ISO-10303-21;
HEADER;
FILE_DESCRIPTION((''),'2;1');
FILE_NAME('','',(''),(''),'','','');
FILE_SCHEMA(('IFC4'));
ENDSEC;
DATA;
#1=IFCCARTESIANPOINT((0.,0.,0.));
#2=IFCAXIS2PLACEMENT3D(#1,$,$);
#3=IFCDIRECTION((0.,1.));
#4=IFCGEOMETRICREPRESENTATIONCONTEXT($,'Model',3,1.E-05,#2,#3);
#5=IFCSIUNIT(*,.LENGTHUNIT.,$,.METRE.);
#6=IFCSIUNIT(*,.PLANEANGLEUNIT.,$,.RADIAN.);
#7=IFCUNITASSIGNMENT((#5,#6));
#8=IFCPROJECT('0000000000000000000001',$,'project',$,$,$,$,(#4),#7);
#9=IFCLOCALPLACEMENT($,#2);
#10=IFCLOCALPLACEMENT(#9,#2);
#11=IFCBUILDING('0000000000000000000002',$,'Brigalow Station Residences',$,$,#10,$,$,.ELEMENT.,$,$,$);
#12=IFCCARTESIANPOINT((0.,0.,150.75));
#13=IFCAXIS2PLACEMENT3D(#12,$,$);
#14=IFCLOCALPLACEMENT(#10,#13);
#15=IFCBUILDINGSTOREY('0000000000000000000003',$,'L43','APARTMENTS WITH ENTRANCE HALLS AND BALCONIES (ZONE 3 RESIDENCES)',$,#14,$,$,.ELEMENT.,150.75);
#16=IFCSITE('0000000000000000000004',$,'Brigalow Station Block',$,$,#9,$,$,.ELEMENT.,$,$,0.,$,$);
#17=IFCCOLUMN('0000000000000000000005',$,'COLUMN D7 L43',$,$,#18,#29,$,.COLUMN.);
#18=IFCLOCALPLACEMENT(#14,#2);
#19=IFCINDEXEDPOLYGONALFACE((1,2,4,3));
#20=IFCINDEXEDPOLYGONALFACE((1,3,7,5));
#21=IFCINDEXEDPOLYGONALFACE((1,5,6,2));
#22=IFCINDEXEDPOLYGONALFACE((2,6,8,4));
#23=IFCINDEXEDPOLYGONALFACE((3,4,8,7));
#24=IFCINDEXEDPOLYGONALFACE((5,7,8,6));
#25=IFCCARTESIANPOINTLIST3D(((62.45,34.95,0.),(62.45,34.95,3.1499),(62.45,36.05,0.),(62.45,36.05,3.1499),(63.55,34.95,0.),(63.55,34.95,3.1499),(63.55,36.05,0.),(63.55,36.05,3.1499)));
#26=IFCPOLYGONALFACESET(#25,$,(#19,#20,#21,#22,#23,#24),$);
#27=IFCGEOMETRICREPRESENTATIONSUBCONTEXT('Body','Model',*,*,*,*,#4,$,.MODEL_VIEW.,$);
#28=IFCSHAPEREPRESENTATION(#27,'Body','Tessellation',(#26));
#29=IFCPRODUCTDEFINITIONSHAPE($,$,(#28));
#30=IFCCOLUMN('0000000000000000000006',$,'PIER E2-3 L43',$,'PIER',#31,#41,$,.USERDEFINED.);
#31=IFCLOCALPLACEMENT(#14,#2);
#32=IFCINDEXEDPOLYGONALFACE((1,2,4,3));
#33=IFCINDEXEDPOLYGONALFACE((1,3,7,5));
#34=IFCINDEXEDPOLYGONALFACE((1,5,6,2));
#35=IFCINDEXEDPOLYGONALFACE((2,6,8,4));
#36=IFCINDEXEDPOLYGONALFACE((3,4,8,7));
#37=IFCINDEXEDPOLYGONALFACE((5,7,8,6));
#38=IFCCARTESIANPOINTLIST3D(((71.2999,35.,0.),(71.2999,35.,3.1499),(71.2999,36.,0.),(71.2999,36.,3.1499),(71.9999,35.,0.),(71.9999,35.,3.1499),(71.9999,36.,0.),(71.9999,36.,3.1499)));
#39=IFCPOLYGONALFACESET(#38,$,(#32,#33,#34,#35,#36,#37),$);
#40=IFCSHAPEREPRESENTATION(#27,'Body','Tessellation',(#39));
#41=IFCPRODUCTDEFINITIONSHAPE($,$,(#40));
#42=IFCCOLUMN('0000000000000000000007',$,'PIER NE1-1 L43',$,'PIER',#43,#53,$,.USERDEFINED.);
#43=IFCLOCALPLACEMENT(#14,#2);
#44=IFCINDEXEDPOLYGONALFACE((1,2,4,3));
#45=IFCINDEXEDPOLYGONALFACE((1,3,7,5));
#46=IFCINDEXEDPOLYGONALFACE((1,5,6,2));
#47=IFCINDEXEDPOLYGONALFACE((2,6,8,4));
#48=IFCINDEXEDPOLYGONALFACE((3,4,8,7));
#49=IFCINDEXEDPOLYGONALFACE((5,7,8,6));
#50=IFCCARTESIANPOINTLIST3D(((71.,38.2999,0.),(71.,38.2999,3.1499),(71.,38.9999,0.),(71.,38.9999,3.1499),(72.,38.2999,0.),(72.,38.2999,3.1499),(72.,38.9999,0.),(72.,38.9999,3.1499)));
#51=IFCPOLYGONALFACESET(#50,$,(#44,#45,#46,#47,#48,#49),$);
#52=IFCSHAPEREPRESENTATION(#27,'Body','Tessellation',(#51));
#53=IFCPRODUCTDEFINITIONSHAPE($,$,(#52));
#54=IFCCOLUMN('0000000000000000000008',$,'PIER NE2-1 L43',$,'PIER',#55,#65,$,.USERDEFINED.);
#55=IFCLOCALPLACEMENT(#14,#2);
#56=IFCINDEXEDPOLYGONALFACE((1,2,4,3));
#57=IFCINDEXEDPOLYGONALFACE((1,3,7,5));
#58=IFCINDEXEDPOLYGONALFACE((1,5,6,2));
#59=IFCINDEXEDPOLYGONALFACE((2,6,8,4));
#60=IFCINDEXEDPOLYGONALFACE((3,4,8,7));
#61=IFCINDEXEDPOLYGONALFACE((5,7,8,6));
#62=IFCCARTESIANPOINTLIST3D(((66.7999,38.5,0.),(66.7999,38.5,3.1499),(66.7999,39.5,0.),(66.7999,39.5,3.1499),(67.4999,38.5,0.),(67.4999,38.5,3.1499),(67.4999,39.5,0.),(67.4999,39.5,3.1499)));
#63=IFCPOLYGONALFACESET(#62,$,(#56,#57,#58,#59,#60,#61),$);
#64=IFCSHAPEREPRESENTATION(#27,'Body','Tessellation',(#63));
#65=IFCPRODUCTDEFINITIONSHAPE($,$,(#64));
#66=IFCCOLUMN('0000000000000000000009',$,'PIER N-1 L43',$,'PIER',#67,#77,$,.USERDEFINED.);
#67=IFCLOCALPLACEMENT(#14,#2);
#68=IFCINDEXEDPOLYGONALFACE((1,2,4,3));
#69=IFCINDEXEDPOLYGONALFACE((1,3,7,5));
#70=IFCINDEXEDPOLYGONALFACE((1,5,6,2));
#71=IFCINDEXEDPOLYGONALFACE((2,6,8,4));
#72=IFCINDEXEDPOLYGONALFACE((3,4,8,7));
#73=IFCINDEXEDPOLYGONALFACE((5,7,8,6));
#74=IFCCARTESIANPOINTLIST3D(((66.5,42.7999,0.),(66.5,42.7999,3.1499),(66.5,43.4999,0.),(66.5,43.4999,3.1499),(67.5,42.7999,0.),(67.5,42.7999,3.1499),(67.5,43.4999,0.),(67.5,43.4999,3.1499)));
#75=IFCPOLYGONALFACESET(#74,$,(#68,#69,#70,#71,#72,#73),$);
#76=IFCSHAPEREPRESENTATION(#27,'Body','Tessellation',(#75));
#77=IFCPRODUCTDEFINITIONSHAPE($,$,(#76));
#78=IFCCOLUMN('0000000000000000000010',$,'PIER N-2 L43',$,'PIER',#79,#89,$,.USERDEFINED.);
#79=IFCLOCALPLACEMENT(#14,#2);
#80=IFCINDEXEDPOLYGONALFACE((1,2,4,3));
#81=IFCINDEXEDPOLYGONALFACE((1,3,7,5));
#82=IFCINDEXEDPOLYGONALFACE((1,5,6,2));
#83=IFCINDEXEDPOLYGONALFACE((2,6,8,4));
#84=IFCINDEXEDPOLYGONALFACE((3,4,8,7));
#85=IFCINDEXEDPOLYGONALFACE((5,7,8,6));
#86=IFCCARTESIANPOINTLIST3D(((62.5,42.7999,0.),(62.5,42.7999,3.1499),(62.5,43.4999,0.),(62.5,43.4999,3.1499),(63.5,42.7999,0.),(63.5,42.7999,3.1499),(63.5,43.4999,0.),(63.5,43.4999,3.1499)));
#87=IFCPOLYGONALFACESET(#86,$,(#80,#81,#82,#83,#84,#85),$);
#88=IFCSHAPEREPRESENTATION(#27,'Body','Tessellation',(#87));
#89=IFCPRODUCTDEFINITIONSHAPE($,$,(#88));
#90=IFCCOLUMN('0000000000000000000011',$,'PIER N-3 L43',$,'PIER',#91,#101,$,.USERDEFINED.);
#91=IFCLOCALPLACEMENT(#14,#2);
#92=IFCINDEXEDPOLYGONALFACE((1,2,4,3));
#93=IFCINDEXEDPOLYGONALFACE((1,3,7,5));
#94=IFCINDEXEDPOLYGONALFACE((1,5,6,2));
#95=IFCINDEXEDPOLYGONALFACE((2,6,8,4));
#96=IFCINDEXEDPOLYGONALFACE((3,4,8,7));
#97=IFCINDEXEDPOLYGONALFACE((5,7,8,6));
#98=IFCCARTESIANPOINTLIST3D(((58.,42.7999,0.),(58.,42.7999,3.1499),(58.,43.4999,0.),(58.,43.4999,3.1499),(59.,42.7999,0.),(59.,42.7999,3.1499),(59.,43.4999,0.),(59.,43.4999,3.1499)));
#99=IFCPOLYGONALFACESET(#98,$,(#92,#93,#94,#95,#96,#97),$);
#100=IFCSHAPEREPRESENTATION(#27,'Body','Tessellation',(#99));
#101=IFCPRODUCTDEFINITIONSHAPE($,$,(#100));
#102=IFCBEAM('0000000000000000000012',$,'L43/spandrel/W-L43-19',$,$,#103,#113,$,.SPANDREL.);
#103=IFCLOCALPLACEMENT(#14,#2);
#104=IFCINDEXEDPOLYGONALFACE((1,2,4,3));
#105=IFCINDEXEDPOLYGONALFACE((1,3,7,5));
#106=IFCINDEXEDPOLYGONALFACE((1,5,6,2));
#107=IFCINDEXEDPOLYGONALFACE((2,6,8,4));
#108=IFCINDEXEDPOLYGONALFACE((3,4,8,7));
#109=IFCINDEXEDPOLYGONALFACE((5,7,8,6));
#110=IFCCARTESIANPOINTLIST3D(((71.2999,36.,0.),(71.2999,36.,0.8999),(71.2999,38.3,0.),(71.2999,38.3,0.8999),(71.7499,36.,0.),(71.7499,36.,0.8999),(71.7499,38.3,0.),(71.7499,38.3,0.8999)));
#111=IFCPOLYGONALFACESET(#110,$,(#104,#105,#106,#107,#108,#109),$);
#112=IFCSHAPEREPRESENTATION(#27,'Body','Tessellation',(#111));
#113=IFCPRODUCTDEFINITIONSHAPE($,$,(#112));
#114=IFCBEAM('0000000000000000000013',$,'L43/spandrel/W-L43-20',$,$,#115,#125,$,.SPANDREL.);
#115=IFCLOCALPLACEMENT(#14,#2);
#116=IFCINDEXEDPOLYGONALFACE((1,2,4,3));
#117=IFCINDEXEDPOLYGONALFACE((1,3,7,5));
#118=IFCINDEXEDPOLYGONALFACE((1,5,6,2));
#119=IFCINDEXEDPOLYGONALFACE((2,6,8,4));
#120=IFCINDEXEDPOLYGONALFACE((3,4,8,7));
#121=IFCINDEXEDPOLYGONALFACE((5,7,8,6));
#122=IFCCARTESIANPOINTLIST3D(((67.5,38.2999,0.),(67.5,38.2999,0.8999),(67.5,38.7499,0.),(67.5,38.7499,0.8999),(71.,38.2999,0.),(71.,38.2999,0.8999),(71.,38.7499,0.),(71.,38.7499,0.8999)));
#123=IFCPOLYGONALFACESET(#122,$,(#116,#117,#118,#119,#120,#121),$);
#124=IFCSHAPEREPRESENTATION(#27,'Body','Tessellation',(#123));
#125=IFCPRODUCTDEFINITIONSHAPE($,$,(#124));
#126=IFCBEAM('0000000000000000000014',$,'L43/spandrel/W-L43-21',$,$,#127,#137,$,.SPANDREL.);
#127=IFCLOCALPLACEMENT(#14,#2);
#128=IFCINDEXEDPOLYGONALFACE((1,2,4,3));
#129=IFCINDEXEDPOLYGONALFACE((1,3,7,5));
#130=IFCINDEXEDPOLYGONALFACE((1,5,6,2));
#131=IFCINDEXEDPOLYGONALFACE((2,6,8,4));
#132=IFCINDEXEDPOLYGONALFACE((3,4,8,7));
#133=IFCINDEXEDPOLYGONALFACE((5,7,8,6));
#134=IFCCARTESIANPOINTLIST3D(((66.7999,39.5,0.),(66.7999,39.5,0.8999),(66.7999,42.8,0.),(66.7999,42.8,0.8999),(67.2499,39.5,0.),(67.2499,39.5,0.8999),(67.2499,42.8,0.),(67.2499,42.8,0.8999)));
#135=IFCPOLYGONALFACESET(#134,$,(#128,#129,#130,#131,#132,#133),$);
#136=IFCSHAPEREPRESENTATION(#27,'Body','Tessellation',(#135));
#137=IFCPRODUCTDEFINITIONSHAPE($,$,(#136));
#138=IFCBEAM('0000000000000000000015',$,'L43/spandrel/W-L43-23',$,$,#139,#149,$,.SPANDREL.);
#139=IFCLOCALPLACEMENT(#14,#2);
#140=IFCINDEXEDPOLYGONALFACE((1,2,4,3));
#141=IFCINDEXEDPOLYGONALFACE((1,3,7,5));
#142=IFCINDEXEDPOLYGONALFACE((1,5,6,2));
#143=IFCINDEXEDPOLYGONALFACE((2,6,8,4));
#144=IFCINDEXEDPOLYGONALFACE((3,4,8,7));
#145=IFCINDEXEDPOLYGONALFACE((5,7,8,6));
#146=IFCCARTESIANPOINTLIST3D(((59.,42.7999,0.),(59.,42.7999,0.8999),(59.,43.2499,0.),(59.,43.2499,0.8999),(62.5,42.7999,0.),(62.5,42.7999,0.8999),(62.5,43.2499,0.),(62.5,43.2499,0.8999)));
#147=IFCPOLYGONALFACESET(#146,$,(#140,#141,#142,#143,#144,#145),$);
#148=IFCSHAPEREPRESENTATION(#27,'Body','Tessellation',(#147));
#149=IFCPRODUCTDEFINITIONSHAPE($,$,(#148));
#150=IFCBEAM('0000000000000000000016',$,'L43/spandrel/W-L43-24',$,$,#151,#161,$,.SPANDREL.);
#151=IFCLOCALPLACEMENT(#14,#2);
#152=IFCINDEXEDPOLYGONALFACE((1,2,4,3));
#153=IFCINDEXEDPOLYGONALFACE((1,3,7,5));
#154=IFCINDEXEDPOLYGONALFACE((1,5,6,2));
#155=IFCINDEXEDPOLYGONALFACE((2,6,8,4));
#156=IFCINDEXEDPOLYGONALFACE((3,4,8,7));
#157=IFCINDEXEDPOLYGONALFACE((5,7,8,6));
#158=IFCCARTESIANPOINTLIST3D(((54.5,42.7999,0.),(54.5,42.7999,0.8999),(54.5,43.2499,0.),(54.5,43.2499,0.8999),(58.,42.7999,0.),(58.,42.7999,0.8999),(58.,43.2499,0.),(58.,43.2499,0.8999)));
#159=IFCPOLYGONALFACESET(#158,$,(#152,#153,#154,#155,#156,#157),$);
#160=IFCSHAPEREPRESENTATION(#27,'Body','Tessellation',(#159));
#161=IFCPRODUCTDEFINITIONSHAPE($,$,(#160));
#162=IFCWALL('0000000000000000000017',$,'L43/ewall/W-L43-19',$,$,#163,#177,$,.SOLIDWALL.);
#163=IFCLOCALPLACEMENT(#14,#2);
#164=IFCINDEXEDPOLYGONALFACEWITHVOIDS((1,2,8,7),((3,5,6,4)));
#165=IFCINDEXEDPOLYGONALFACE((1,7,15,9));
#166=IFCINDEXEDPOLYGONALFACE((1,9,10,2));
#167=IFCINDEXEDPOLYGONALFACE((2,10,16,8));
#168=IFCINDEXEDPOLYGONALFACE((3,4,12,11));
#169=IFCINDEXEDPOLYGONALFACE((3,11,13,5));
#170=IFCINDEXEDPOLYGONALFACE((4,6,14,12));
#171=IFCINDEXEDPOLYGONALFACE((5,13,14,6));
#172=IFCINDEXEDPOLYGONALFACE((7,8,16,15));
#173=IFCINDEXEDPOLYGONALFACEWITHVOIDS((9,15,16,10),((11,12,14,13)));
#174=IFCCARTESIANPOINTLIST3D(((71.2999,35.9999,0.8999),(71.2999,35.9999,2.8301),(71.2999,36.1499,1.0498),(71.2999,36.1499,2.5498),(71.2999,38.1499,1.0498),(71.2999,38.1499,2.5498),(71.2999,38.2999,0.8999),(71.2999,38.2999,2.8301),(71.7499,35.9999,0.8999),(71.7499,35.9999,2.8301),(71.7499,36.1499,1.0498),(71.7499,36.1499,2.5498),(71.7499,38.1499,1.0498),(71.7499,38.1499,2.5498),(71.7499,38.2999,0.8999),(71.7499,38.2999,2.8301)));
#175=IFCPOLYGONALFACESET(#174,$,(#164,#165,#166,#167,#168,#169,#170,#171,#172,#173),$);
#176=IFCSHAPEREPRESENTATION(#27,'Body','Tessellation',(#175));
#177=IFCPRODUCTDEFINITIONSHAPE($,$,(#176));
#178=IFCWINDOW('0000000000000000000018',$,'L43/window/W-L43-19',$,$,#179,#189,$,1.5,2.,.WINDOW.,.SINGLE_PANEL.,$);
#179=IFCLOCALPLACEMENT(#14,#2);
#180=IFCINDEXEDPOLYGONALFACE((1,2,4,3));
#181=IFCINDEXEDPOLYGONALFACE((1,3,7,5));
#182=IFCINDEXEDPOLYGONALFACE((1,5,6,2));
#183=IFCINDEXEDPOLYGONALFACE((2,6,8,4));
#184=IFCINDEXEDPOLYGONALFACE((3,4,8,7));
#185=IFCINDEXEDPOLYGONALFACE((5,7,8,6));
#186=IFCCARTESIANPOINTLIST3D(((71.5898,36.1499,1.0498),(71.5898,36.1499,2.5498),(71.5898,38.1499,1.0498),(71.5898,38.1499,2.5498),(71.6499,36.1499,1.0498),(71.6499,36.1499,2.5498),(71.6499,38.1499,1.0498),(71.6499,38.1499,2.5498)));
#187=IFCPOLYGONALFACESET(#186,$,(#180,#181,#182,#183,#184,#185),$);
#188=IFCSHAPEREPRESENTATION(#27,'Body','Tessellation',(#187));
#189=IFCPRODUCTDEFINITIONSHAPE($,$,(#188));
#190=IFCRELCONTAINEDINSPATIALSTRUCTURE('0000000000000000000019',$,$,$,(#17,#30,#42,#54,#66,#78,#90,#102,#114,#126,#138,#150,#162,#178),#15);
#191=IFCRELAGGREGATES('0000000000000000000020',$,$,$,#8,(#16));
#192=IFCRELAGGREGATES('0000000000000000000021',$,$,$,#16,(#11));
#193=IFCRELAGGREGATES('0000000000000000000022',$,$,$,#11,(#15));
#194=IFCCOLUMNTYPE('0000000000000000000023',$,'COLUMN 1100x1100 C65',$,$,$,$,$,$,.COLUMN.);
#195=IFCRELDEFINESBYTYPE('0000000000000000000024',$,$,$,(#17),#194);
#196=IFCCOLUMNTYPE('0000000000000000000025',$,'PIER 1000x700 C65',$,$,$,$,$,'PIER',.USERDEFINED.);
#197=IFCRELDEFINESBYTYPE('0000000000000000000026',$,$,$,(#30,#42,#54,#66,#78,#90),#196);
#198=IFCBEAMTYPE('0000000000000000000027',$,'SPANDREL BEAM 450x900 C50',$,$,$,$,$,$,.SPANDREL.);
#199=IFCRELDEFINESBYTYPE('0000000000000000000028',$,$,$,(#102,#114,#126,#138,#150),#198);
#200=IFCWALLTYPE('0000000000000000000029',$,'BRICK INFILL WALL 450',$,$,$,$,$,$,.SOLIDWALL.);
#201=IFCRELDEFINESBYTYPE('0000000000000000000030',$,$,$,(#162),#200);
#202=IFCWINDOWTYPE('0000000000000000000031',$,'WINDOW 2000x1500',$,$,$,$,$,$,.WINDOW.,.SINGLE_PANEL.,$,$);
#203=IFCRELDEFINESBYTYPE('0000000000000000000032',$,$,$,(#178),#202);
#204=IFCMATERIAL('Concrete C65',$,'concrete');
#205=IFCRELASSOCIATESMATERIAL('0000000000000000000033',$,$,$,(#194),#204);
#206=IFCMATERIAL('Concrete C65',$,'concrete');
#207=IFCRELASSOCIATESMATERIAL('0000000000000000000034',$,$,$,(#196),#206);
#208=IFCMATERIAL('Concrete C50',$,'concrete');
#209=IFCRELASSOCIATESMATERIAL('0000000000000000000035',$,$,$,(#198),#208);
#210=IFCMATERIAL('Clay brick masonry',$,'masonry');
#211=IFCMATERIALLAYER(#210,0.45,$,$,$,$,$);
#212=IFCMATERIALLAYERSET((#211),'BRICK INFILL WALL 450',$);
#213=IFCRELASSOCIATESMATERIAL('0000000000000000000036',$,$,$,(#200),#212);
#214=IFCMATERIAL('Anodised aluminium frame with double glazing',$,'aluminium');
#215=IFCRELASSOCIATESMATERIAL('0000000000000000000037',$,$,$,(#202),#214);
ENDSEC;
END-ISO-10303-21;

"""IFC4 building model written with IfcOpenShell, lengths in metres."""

from ifc_helpers import new_model, si_unit, direction, frame, frame_2d, origin, origin_2d, place, context, subcontext, project, spatial, rectangle, extrude, material, layer, layer_set, material_profile, profile_set, type_object, element, fill, save


model = new_model("IFC4")

# Units and contexts
model_context = context("Model", 3, precision=1e-05, world=origin(), true_north=direction((0.0, 1.0)))
body_context = subcontext(model_context, "Body", "Model", "MODEL_VIEW")
ifc_project = project(units=[si_unit("LENGTHUNIT", "METRE"), si_unit("PLANEANGLEUNIT", "RADIAN")], contexts=[model_context])

# Site, building, storey
site_placement = place(None, origin())
site = spatial("IfcSite", under=ifc_project, at=site_placement, Name="Brigalow Station Block", CompositionType="ELEMENT", RefElevation=0.0)
building_placement = place(site_placement, origin())
building = spatial("IfcBuilding", under=site, at=building_placement, Name="Brigalow Station Residences", CompositionType="ELEMENT")
storey_placement = place(building_placement, frame((0.0, 0.0, 150.75)))
storey = spatial("IfcBuildingStorey", under=building, at=storey_placement, Name="L43", Description="APARTMENTS WITH ENTRANCE HALLS AND BALCONIES (ZONE 3 RESIDENCES)", CompositionType="ELEMENT", Elevation=150.75)

# Columns
ifc_material_1 = material(Name="Concrete C65", Category="concrete")
ifc_material_profile_1 = material_profile(ifc_material_1, rectangle(XDim=1.1001, YDim=1.1001, at=origin_2d()), Name="RC1100x1100")
ifc_profile_set_1 = profile_set([ifc_material_profile_1], Name="Concrete C65")
column_type_1 = type_object("IfcColumnType", Name="COLUMN 1100x1100 C65", PredefinedType="COLUMN", material=ifc_profile_set_1)
column_placement = place(storey_placement, frame((63.0, 35.5, 0.0), z_axis=(0.0, 0.0, 1.0), x_axis=(1.0, 0.0, 0.0)))
element("IfcColumn", 1, at=column_placement, inside=storey, type_object=column_type_1, Name="COLUMN D7 L43", PredefinedType="COLUMN", context=body_context, shape_type="SweptSolid", body=[
    extrude(rectangle(XDim=1.1001, YDim=1.1001, at=origin_2d()), origin(), (0.0, 0.0, 1.0), 3.1499),
])
ifc_material_2 = material(Name="Concrete C65", Category="concrete")
ifc_material_profile_2 = material_profile(ifc_material_2, rectangle(XDim=1.0, YDim=0.7, at=origin_2d()), Name="RC1000x700")
ifc_profile_set_2 = profile_set([ifc_material_profile_2], Name="Concrete C65")
column_type_2 = type_object("IfcColumnType", Name="PIER 1000x700 C65", ElementType="PIER", PredefinedType="USERDEFINED", material=ifc_profile_set_2)
for number, where, z_axis, x_axis, name in (
    (2, (71.6499, 35.5, 0.0), (0.0, 0.0, 1.0), (0.0, 1.0, 0.0), "PIER E2-3 L43"),
    (3, (71.5, 38.6499, 0.0), (0.0, 0.0, 1.0), (-1.0, 0.0, 0.0), "PIER NE1-1 L43"),
    (4, (67.1499, 39.0, 0.0), (0.0, 0.0, 1.0), (0.0, 1.0, 0.0), "PIER NE2-1 L43"),
    (5, (67.0, 43.1499, 0.0), (0.0, 0.0, 1.0), (-1.0, 0.0, 0.0), "PIER N-1 L43"),
    (6, (63.0, 43.1499, 0.0), (0.0, 0.0, 1.0), (-1.0, 0.0, 0.0), "PIER N-2 L43"),
    (7, (58.5, 43.1499, 0.0), (0.0, 0.0, 1.0), (-1.0, 0.0, 0.0), "PIER N-3 L43"),
):
    element("IfcColumn", number, at=place(storey_placement, frame(where, z_axis=z_axis, x_axis=x_axis)), inside=storey, type_object=column_type_2, Name=name, ObjectType="PIER", PredefinedType="USERDEFINED", context=body_context, shape_type="SweptSolid", body=[
        extrude(rectangle(XDim=1.0, YDim=0.7, at=origin_2d()), origin(), (0.0, 0.0, 1.0), 3.1499),
    ])

# Beams
ifc_material_3 = material(Name="Concrete C50", Category="concrete")
ifc_material_profile_3 = material_profile(ifc_material_3, rectangle(XDim=0.45, YDim=0.8999, at=origin_2d()), Name="RC450x900")
ifc_profile_set_3 = profile_set([ifc_material_profile_3], Name="Concrete C50")
beam_type = type_object("IfcBeamType", Name="SPANDREL BEAM 450x900 C50", PredefinedType="SPANDREL", material=ifc_profile_set_3)
beam_1_placement = place(storey_placement, frame((71.5249, 36.0, 0.45), z_axis=(0.0, 1.0, 0.0), x_axis=(-1.0, 0.0, 0.0)))
element("IfcBeam", 8, at=beam_1_placement, inside=storey, type_object=beam_type, Name="L43/spandrel/W-L43-19", PredefinedType="SPANDREL", context=body_context, shape_type="SweptSolid", body=[
    extrude(rectangle(XDim=0.45, YDim=0.8999, at=origin_2d()), origin(), (0.0, 0.0, 1.0), 2.3),
])
beam_2_placement = place(storey_placement, frame((71.0, 38.5249, 0.45), z_axis=(-1.0, 0.0, 0.0), x_axis=(0.0, -1.0, 0.0)))
element("IfcBeam", 9, at=beam_2_placement, inside=storey, type_object=beam_type, Name="L43/spandrel/W-L43-20", PredefinedType="SPANDREL", context=body_context, shape_type="SweptSolid", body=[
    extrude(rectangle(XDim=0.45, YDim=0.8999, at=origin_2d()), origin(), (0.0, 0.0, 1.0), 3.5),
])
beam_3_placement = place(storey_placement, frame((67.0249, 39.5, 0.45), z_axis=(0.0, 1.0, 0.0), x_axis=(-1.0, 0.0, 0.0)))
element("IfcBeam", 10, at=beam_3_placement, inside=storey, type_object=beam_type, Name="L43/spandrel/W-L43-21", PredefinedType="SPANDREL", context=body_context, shape_type="SweptSolid", body=[
    extrude(rectangle(XDim=0.45, YDim=0.8999, at=origin_2d()), origin(), (0.0, 0.0, 1.0), 3.3),
])
for number, where, z_axis, x_axis, name in (
    (11, (62.5, 43.0249, 0.45), (-1.0, 0.0, 0.0), (0.0, -1.0, 0.0), "L43/spandrel/W-L43-23"),
    (12, (58.0, 43.0249, 0.45), (-1.0, 0.0, 0.0), (0.0, -1.0, 0.0), "L43/spandrel/W-L43-24"),
):
    element("IfcBeam", number, at=place(storey_placement, frame(where, z_axis=z_axis, x_axis=x_axis)), inside=storey, type_object=beam_type, Name=name, PredefinedType="SPANDREL", context=body_context, shape_type="SweptSolid", body=[
        extrude(rectangle(XDim=0.45, YDim=0.8999, at=origin_2d()), origin(), (0.0, 0.0, 1.0), 3.5),
    ])

# Wall, opening, window
ifc_material_4 = material(Name="Clay brick masonry", Category="masonry")
ifc_layer_1 = layer(ifc_material_4, 0.45)
ifc_layer_set_1 = layer_set([ifc_layer_1], Name="BRICK INFILL WALL 450")
wall_type_1 = type_object("IfcWallType", Name="BRICK INFILL WALL 450", PredefinedType="SOLIDWALL", material=ifc_layer_set_1)
wall_1_placement = place(storey_placement, frame((71.5249, 36.0, 0.8999), z_axis=(0.0, 0.0, 1.0), x_axis=(0.0, 1.0, 0.0)))
wall_1 = element("IfcWall", 13, at=wall_1_placement, inside=storey, type_object=wall_type_1, Name="L43/ewall/W-L43-19", PredefinedType="SOLIDWALL", context=body_context, shape_type="SweptSolid", body=[
    extrude(rectangle(XDim=2.3, YDim=0.45, at=frame_2d((1.1499, 0.0))), origin(), (0.0, 0.0, 1.0), 1.9302),
])
opening_1_placement = place(wall_1_placement, frame((0.1499, 0.0, 0.1499)))
opening_1 = element("IfcOpeningElement", 14, at=opening_1_placement, cuts=wall_1, PredefinedType="OPENING", context=body_context, shape_type="SweptSolid", body=[
    extrude(rectangle(XDim=2.0, YDim=1.5, at=frame_2d((1.0, 0.75))), frame((0.0, 0.2349, 0.0), z_axis=(0.0, -1.0, 0.0), x_axis=(1.0, 0.0, 0.0)), (0.0, 0.0, 1.0), 0.47),
])
ifc_material_5 = material(Name="Anodised aluminium frame with double glazing", Category="aluminium")
window_type_1 = type_object("IfcWindowType", Name="WINDOW 2000x1500", PartitioningType="SINGLE_PANEL", PredefinedType="WINDOW", material=ifc_material_5)
window_1_placement = place(opening_1_placement, origin())
window_1 = element("IfcWindow", 15, at=window_1_placement, inside=storey, type_object=window_type_1, Name="L43/window/W-L43-19", OverallHeight=1.5, OverallWidth=2.0, PartitioningType="SINGLE_PANEL", PredefinedType="WINDOW", context=body_context, shape_type="SweptSolid", body=[
    extrude(rectangle(XDim=2.0, YDim=1.5, at=frame_2d((1.0, 0.75))), frame((0.0, -0.0649, 0.0), z_axis=(0.0, -1.0, 0.0), x_axis=(1.0, 0.0, 0.0)), (0.0, 0.0, 1.0), 0.0601),
])
fill(opening_1, window_1)

save(model, "model.ifc")
